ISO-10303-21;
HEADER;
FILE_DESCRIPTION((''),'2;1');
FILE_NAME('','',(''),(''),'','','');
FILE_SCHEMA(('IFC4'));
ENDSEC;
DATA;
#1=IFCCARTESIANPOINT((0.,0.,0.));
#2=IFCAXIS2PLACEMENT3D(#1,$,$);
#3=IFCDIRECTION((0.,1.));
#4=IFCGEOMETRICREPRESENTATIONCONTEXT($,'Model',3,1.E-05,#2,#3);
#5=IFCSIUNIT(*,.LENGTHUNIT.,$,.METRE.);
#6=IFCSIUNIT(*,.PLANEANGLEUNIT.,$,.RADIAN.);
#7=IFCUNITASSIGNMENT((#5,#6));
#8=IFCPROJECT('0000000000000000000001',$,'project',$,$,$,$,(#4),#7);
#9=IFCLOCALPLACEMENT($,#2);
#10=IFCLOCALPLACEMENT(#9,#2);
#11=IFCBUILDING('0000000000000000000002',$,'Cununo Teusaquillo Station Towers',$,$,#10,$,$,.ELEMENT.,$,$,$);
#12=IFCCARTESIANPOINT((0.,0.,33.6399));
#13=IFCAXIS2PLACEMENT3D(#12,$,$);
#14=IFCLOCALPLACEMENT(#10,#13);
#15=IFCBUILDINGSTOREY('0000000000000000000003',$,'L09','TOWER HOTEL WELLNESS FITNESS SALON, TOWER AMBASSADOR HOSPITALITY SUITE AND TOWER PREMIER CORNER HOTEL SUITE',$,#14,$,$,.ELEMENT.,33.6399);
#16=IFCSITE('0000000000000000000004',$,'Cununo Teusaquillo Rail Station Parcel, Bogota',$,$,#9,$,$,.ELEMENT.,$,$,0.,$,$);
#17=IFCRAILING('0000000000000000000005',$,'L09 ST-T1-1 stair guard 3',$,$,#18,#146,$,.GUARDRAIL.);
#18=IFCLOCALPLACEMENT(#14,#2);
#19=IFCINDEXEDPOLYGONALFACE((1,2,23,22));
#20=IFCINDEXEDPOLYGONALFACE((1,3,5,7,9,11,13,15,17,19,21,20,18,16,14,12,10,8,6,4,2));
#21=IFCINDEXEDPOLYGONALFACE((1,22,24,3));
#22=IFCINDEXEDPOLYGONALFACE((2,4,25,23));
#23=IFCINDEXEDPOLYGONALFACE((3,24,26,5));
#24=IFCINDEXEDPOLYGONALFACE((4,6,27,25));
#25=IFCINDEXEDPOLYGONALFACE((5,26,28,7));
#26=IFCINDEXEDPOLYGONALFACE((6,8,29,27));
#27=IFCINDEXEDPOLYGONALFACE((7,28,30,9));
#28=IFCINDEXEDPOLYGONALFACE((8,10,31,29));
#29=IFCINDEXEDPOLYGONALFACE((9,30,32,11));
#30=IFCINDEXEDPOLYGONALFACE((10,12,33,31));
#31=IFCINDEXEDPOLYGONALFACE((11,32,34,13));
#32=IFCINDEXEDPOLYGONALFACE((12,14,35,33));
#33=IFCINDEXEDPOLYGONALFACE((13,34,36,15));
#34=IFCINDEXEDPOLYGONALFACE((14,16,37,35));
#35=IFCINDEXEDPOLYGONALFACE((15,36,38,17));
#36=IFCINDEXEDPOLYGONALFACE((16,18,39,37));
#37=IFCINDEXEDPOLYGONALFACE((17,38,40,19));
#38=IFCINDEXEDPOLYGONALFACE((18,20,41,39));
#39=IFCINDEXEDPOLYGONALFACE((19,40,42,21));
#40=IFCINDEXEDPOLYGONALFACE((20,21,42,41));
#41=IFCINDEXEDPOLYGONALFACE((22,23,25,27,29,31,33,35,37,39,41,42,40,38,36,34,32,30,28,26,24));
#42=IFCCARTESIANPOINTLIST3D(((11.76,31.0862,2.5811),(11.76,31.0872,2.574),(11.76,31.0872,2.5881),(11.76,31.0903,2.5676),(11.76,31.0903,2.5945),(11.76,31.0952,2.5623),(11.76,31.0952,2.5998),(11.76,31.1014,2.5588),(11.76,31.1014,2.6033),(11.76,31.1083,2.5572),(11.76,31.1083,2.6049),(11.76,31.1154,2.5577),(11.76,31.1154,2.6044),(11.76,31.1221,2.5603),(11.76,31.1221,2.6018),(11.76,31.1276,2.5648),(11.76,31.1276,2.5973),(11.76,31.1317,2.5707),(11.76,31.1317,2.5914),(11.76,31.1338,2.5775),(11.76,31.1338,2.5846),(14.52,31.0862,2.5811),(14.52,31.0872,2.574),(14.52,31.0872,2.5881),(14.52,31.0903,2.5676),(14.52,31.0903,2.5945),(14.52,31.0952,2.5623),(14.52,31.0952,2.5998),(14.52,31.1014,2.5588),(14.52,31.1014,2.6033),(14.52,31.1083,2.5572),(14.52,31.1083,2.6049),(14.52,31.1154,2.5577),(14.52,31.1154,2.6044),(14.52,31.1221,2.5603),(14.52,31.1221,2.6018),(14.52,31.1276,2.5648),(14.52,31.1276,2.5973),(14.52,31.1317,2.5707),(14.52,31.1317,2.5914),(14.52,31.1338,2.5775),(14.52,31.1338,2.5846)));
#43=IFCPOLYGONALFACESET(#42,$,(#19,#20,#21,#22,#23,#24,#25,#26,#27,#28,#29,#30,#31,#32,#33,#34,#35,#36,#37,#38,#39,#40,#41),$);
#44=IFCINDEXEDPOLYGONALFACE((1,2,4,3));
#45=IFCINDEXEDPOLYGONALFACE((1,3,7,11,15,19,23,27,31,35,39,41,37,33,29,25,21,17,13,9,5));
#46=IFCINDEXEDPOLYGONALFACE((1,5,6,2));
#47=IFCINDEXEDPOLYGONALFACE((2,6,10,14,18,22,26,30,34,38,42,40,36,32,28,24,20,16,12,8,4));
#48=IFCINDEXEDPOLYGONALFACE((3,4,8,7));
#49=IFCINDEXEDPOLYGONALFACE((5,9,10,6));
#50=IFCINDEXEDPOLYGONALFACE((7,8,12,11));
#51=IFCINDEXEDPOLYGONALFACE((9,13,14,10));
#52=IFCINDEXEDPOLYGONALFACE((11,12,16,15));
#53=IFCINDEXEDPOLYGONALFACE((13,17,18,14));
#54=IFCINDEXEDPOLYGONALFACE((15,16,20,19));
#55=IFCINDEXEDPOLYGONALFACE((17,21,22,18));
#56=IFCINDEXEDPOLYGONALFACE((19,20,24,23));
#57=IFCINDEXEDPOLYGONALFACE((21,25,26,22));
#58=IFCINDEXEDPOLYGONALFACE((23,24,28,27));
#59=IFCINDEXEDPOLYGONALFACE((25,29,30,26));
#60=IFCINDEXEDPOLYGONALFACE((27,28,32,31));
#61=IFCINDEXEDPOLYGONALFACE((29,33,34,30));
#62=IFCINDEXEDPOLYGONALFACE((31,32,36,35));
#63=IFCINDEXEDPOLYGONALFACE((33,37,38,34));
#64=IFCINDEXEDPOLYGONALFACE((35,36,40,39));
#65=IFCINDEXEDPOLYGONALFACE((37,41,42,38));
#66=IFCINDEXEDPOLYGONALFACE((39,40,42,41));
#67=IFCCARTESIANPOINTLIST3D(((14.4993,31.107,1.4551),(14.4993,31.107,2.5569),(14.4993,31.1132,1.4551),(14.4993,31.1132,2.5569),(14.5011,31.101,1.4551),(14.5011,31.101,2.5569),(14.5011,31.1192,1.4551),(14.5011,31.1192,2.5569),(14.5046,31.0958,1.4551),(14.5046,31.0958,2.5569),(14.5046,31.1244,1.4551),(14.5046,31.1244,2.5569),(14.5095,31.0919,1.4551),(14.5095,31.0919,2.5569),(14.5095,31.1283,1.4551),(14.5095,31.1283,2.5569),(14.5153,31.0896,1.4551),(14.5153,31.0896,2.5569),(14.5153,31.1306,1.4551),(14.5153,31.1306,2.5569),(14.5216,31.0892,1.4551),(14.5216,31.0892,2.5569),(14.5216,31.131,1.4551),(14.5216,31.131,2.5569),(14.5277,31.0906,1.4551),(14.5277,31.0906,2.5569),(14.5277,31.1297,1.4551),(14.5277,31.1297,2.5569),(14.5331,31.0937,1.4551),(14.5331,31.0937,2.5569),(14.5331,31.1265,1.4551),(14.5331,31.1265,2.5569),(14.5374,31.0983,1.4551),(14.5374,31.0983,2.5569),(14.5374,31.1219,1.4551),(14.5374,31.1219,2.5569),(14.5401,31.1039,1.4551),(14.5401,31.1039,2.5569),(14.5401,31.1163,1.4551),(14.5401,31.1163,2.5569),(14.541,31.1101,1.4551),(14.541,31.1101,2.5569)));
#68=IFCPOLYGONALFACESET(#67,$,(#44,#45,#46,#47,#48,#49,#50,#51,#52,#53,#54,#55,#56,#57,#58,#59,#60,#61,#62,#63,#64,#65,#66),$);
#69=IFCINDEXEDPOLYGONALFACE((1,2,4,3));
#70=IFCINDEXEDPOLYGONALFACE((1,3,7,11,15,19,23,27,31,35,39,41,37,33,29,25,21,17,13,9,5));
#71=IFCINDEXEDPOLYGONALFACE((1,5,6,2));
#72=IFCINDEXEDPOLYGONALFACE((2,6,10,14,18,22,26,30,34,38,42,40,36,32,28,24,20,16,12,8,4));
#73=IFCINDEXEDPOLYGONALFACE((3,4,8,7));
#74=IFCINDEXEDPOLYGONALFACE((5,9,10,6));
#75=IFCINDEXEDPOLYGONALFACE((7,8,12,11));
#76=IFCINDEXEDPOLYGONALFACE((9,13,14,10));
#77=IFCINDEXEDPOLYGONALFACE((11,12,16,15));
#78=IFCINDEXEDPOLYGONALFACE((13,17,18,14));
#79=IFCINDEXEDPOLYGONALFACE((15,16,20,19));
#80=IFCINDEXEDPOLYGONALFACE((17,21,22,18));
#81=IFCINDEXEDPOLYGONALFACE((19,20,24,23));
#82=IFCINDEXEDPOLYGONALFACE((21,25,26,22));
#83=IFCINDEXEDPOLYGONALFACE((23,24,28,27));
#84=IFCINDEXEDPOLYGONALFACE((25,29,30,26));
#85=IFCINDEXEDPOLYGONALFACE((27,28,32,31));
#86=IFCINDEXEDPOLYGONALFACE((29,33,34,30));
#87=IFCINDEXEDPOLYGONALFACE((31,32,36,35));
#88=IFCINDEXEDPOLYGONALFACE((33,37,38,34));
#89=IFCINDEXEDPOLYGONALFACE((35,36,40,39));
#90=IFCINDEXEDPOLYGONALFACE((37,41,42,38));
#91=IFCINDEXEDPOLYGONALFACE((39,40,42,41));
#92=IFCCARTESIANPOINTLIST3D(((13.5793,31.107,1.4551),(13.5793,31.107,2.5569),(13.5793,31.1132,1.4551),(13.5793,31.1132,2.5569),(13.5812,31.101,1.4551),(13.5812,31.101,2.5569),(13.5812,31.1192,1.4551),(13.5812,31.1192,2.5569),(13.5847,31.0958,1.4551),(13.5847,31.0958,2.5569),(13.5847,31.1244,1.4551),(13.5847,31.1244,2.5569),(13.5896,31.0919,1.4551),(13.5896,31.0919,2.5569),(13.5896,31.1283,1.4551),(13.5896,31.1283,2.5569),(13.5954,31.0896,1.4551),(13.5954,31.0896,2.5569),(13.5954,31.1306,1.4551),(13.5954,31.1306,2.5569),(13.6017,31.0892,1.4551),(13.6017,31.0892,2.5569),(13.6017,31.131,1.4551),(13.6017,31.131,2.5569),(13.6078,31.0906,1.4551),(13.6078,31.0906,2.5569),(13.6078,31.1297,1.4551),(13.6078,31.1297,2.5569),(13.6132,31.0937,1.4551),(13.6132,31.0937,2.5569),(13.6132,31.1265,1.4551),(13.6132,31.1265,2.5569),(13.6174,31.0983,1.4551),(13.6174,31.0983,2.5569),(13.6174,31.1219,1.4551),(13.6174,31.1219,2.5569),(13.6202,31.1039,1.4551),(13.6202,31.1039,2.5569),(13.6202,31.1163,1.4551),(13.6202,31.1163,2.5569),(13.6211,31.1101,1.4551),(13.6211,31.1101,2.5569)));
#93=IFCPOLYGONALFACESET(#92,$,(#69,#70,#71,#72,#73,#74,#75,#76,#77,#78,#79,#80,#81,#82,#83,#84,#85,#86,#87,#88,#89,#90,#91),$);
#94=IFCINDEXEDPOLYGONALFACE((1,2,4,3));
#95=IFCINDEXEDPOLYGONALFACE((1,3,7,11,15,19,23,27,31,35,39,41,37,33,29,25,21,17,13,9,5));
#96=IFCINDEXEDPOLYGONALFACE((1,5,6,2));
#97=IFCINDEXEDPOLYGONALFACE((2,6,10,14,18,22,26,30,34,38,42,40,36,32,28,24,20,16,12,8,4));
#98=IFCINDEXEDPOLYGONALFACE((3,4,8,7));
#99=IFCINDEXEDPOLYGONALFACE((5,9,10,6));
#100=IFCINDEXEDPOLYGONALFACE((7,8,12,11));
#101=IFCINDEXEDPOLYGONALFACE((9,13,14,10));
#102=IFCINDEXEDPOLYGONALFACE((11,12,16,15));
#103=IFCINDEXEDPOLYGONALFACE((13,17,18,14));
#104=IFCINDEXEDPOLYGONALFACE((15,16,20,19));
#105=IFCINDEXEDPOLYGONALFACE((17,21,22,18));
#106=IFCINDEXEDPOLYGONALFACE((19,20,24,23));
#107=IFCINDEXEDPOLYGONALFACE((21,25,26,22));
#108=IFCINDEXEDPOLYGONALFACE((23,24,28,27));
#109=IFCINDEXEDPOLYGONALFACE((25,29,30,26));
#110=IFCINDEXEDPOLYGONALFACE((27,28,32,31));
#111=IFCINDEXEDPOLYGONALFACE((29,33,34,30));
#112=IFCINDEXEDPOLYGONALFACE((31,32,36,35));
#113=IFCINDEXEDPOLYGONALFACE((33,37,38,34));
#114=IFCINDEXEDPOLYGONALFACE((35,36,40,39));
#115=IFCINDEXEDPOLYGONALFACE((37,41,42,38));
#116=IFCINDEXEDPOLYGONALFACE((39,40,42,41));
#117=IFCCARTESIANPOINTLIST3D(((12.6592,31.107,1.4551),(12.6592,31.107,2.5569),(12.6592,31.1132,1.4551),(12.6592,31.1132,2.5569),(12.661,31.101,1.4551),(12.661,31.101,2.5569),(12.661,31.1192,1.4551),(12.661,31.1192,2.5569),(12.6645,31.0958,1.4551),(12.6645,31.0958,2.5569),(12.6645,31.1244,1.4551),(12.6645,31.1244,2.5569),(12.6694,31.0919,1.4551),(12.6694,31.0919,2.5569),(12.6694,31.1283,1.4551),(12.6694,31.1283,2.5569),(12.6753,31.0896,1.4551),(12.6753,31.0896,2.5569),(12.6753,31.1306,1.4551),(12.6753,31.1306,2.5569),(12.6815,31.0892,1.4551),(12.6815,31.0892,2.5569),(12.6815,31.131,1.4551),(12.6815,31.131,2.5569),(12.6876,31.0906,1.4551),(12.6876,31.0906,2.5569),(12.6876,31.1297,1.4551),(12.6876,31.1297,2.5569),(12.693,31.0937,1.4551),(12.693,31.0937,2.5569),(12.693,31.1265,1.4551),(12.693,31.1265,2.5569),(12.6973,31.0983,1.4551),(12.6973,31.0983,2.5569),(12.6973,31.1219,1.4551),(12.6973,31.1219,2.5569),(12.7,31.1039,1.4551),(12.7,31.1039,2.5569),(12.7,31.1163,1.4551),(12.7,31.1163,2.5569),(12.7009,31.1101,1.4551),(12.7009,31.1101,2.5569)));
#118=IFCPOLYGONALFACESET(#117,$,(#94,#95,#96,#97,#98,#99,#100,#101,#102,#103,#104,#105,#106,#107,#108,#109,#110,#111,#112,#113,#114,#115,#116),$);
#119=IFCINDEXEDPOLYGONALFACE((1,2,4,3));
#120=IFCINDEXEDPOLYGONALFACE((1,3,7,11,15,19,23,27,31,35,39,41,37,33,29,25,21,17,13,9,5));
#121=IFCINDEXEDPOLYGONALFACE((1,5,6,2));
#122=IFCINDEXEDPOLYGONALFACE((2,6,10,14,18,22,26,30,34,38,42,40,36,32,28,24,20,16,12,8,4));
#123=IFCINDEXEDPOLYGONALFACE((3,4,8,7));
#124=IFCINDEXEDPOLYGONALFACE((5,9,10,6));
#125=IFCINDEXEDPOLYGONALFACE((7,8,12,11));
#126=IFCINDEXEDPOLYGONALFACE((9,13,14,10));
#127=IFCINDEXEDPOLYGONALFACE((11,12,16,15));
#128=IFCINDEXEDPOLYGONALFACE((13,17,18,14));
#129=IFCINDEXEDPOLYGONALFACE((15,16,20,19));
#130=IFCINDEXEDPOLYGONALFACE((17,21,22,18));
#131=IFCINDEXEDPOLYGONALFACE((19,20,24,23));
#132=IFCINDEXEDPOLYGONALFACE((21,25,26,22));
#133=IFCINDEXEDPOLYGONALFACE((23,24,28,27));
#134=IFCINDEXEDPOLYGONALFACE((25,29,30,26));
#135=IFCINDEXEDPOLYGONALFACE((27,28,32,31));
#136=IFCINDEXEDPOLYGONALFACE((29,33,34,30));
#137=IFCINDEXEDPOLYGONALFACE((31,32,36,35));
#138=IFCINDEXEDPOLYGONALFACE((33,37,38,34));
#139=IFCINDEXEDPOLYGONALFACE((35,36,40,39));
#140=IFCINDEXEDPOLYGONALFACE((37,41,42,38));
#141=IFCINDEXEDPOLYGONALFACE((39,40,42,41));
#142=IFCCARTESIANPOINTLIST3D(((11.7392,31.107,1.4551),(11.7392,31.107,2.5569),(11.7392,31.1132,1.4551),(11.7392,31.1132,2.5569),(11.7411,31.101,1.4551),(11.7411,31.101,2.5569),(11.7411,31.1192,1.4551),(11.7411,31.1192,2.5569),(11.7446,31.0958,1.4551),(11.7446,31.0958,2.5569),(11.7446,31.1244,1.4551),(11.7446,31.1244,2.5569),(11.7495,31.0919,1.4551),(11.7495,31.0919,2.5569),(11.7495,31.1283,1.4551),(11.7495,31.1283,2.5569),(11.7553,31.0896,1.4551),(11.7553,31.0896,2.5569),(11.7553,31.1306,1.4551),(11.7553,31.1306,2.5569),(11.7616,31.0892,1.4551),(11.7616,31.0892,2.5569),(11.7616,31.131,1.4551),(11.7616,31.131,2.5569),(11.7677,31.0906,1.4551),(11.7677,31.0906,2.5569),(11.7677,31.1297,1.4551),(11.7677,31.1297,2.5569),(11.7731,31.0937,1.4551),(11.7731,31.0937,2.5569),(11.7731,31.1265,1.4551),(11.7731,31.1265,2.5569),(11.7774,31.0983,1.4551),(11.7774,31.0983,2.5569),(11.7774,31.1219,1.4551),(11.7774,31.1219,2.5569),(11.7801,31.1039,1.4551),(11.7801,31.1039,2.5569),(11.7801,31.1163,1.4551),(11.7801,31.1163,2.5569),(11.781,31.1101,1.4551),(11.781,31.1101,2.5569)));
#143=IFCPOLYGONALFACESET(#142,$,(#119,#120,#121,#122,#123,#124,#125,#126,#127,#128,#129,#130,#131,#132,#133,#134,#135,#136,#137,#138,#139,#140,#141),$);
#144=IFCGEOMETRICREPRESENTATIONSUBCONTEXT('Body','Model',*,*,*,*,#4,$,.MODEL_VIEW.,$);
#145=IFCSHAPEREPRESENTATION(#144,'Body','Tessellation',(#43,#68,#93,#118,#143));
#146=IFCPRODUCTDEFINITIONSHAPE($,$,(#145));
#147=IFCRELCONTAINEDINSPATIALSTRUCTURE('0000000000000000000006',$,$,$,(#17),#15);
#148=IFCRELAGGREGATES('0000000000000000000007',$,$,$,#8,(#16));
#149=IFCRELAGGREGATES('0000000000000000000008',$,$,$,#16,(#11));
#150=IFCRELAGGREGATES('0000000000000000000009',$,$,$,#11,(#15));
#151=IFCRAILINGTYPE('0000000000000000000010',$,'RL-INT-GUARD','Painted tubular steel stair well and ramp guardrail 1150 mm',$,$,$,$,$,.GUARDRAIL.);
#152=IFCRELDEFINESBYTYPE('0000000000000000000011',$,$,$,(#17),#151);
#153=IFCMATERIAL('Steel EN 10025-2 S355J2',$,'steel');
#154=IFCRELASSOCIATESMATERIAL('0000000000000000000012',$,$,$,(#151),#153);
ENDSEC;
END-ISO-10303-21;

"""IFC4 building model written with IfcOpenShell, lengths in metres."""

from ifc_helpers import new_model, si_unit, direction, frame, origin, origin_2d, place, context, subcontext, project, spatial, circle, extrude, material, type_object, element, save


model = new_model("IFC4")

# Units and contexts
model_context = context("Model", 3, precision=1e-05, world=origin(), true_north=direction((0.0, 1.0)))
body_context = subcontext(model_context, "Body", "Model", "MODEL_VIEW")
ifc_project = project(units=[si_unit("LENGTHUNIT", "METRE"), si_unit("PLANEANGLEUNIT", "RADIAN")], contexts=[model_context])

# Site, building, storey
site_placement = place(None, origin())
site = spatial("IfcSite", under=ifc_project, at=site_placement, Name="Cununo Teusaquillo Rail Station Parcel, Bogota", CompositionType="ELEMENT", RefElevation=0.0)
building_placement = place(site_placement, origin())
building = spatial("IfcBuilding", under=site, at=building_placement, Name="Cununo Teusaquillo Station Towers", CompositionType="ELEMENT")
storey_placement = place(building_placement, frame((0.0, 0.0, 33.6399)))
storey = spatial("IfcBuildingStorey", under=building, at=storey_placement, Name="L09", Description="TOWER HOTEL WELLNESS FITNESS SALON, TOWER AMBASSADOR HOSPITALITY SUITE AND TOWER PREMIER CORNER HOTEL SUITE", CompositionType="ELEMENT", Elevation=33.6399)

# Railing
ifc_material_1 = material(Name="Steel EN 10025-2 S355J2", Category="steel")
railing_type_1 = type_object("IfcRailingType", Name="RL-INT-GUARD", Description="Painted tubular steel stair well and ramp guardrail 1150 mm", PredefinedType="GUARDRAIL", material=ifc_material_1)
railing_1_placement = place(storey_placement, frame((14.52, 31.1101, 1.4551)))
element("IfcRailing", 1, at=railing_1_placement, inside=storey, type_object=railing_type_1, Name="L09 ST-T1-1 stair guard 3", PredefinedType="GUARDRAIL", context=body_context, shape_type="SweptSolid", body=[
    extrude(circle(Radius=0.0239, at=origin_2d()), frame((0.0, 0.0, 1.126), z_axis=(-1.0, 0.0, 0.0), x_axis=(0.0, -1.0, 0.0)), (0.0, 0.0, 1.0), 2.76),
    extrude(circle(Radius=0.021, at=origin_2d()), origin(), (0.0, 0.0, 1.0), 1.1018),
    extrude(circle(Radius=0.021, at=origin_2d()), frame((-0.9199, 0.0, 0.0)), (0.0, 0.0, 1.0), 1.1018),
    extrude(circle(Radius=0.021, at=origin_2d()), frame((-1.8401, 0.0, 0.0)), (0.0, 0.0, 1.0), 1.1018),
    extrude(circle(Radius=0.021, at=origin_2d()), frame((-2.76, 0.0, 0.0)), (0.0, 0.0, 1.0), 1.1018),
])

save(model, "model.ifc")
